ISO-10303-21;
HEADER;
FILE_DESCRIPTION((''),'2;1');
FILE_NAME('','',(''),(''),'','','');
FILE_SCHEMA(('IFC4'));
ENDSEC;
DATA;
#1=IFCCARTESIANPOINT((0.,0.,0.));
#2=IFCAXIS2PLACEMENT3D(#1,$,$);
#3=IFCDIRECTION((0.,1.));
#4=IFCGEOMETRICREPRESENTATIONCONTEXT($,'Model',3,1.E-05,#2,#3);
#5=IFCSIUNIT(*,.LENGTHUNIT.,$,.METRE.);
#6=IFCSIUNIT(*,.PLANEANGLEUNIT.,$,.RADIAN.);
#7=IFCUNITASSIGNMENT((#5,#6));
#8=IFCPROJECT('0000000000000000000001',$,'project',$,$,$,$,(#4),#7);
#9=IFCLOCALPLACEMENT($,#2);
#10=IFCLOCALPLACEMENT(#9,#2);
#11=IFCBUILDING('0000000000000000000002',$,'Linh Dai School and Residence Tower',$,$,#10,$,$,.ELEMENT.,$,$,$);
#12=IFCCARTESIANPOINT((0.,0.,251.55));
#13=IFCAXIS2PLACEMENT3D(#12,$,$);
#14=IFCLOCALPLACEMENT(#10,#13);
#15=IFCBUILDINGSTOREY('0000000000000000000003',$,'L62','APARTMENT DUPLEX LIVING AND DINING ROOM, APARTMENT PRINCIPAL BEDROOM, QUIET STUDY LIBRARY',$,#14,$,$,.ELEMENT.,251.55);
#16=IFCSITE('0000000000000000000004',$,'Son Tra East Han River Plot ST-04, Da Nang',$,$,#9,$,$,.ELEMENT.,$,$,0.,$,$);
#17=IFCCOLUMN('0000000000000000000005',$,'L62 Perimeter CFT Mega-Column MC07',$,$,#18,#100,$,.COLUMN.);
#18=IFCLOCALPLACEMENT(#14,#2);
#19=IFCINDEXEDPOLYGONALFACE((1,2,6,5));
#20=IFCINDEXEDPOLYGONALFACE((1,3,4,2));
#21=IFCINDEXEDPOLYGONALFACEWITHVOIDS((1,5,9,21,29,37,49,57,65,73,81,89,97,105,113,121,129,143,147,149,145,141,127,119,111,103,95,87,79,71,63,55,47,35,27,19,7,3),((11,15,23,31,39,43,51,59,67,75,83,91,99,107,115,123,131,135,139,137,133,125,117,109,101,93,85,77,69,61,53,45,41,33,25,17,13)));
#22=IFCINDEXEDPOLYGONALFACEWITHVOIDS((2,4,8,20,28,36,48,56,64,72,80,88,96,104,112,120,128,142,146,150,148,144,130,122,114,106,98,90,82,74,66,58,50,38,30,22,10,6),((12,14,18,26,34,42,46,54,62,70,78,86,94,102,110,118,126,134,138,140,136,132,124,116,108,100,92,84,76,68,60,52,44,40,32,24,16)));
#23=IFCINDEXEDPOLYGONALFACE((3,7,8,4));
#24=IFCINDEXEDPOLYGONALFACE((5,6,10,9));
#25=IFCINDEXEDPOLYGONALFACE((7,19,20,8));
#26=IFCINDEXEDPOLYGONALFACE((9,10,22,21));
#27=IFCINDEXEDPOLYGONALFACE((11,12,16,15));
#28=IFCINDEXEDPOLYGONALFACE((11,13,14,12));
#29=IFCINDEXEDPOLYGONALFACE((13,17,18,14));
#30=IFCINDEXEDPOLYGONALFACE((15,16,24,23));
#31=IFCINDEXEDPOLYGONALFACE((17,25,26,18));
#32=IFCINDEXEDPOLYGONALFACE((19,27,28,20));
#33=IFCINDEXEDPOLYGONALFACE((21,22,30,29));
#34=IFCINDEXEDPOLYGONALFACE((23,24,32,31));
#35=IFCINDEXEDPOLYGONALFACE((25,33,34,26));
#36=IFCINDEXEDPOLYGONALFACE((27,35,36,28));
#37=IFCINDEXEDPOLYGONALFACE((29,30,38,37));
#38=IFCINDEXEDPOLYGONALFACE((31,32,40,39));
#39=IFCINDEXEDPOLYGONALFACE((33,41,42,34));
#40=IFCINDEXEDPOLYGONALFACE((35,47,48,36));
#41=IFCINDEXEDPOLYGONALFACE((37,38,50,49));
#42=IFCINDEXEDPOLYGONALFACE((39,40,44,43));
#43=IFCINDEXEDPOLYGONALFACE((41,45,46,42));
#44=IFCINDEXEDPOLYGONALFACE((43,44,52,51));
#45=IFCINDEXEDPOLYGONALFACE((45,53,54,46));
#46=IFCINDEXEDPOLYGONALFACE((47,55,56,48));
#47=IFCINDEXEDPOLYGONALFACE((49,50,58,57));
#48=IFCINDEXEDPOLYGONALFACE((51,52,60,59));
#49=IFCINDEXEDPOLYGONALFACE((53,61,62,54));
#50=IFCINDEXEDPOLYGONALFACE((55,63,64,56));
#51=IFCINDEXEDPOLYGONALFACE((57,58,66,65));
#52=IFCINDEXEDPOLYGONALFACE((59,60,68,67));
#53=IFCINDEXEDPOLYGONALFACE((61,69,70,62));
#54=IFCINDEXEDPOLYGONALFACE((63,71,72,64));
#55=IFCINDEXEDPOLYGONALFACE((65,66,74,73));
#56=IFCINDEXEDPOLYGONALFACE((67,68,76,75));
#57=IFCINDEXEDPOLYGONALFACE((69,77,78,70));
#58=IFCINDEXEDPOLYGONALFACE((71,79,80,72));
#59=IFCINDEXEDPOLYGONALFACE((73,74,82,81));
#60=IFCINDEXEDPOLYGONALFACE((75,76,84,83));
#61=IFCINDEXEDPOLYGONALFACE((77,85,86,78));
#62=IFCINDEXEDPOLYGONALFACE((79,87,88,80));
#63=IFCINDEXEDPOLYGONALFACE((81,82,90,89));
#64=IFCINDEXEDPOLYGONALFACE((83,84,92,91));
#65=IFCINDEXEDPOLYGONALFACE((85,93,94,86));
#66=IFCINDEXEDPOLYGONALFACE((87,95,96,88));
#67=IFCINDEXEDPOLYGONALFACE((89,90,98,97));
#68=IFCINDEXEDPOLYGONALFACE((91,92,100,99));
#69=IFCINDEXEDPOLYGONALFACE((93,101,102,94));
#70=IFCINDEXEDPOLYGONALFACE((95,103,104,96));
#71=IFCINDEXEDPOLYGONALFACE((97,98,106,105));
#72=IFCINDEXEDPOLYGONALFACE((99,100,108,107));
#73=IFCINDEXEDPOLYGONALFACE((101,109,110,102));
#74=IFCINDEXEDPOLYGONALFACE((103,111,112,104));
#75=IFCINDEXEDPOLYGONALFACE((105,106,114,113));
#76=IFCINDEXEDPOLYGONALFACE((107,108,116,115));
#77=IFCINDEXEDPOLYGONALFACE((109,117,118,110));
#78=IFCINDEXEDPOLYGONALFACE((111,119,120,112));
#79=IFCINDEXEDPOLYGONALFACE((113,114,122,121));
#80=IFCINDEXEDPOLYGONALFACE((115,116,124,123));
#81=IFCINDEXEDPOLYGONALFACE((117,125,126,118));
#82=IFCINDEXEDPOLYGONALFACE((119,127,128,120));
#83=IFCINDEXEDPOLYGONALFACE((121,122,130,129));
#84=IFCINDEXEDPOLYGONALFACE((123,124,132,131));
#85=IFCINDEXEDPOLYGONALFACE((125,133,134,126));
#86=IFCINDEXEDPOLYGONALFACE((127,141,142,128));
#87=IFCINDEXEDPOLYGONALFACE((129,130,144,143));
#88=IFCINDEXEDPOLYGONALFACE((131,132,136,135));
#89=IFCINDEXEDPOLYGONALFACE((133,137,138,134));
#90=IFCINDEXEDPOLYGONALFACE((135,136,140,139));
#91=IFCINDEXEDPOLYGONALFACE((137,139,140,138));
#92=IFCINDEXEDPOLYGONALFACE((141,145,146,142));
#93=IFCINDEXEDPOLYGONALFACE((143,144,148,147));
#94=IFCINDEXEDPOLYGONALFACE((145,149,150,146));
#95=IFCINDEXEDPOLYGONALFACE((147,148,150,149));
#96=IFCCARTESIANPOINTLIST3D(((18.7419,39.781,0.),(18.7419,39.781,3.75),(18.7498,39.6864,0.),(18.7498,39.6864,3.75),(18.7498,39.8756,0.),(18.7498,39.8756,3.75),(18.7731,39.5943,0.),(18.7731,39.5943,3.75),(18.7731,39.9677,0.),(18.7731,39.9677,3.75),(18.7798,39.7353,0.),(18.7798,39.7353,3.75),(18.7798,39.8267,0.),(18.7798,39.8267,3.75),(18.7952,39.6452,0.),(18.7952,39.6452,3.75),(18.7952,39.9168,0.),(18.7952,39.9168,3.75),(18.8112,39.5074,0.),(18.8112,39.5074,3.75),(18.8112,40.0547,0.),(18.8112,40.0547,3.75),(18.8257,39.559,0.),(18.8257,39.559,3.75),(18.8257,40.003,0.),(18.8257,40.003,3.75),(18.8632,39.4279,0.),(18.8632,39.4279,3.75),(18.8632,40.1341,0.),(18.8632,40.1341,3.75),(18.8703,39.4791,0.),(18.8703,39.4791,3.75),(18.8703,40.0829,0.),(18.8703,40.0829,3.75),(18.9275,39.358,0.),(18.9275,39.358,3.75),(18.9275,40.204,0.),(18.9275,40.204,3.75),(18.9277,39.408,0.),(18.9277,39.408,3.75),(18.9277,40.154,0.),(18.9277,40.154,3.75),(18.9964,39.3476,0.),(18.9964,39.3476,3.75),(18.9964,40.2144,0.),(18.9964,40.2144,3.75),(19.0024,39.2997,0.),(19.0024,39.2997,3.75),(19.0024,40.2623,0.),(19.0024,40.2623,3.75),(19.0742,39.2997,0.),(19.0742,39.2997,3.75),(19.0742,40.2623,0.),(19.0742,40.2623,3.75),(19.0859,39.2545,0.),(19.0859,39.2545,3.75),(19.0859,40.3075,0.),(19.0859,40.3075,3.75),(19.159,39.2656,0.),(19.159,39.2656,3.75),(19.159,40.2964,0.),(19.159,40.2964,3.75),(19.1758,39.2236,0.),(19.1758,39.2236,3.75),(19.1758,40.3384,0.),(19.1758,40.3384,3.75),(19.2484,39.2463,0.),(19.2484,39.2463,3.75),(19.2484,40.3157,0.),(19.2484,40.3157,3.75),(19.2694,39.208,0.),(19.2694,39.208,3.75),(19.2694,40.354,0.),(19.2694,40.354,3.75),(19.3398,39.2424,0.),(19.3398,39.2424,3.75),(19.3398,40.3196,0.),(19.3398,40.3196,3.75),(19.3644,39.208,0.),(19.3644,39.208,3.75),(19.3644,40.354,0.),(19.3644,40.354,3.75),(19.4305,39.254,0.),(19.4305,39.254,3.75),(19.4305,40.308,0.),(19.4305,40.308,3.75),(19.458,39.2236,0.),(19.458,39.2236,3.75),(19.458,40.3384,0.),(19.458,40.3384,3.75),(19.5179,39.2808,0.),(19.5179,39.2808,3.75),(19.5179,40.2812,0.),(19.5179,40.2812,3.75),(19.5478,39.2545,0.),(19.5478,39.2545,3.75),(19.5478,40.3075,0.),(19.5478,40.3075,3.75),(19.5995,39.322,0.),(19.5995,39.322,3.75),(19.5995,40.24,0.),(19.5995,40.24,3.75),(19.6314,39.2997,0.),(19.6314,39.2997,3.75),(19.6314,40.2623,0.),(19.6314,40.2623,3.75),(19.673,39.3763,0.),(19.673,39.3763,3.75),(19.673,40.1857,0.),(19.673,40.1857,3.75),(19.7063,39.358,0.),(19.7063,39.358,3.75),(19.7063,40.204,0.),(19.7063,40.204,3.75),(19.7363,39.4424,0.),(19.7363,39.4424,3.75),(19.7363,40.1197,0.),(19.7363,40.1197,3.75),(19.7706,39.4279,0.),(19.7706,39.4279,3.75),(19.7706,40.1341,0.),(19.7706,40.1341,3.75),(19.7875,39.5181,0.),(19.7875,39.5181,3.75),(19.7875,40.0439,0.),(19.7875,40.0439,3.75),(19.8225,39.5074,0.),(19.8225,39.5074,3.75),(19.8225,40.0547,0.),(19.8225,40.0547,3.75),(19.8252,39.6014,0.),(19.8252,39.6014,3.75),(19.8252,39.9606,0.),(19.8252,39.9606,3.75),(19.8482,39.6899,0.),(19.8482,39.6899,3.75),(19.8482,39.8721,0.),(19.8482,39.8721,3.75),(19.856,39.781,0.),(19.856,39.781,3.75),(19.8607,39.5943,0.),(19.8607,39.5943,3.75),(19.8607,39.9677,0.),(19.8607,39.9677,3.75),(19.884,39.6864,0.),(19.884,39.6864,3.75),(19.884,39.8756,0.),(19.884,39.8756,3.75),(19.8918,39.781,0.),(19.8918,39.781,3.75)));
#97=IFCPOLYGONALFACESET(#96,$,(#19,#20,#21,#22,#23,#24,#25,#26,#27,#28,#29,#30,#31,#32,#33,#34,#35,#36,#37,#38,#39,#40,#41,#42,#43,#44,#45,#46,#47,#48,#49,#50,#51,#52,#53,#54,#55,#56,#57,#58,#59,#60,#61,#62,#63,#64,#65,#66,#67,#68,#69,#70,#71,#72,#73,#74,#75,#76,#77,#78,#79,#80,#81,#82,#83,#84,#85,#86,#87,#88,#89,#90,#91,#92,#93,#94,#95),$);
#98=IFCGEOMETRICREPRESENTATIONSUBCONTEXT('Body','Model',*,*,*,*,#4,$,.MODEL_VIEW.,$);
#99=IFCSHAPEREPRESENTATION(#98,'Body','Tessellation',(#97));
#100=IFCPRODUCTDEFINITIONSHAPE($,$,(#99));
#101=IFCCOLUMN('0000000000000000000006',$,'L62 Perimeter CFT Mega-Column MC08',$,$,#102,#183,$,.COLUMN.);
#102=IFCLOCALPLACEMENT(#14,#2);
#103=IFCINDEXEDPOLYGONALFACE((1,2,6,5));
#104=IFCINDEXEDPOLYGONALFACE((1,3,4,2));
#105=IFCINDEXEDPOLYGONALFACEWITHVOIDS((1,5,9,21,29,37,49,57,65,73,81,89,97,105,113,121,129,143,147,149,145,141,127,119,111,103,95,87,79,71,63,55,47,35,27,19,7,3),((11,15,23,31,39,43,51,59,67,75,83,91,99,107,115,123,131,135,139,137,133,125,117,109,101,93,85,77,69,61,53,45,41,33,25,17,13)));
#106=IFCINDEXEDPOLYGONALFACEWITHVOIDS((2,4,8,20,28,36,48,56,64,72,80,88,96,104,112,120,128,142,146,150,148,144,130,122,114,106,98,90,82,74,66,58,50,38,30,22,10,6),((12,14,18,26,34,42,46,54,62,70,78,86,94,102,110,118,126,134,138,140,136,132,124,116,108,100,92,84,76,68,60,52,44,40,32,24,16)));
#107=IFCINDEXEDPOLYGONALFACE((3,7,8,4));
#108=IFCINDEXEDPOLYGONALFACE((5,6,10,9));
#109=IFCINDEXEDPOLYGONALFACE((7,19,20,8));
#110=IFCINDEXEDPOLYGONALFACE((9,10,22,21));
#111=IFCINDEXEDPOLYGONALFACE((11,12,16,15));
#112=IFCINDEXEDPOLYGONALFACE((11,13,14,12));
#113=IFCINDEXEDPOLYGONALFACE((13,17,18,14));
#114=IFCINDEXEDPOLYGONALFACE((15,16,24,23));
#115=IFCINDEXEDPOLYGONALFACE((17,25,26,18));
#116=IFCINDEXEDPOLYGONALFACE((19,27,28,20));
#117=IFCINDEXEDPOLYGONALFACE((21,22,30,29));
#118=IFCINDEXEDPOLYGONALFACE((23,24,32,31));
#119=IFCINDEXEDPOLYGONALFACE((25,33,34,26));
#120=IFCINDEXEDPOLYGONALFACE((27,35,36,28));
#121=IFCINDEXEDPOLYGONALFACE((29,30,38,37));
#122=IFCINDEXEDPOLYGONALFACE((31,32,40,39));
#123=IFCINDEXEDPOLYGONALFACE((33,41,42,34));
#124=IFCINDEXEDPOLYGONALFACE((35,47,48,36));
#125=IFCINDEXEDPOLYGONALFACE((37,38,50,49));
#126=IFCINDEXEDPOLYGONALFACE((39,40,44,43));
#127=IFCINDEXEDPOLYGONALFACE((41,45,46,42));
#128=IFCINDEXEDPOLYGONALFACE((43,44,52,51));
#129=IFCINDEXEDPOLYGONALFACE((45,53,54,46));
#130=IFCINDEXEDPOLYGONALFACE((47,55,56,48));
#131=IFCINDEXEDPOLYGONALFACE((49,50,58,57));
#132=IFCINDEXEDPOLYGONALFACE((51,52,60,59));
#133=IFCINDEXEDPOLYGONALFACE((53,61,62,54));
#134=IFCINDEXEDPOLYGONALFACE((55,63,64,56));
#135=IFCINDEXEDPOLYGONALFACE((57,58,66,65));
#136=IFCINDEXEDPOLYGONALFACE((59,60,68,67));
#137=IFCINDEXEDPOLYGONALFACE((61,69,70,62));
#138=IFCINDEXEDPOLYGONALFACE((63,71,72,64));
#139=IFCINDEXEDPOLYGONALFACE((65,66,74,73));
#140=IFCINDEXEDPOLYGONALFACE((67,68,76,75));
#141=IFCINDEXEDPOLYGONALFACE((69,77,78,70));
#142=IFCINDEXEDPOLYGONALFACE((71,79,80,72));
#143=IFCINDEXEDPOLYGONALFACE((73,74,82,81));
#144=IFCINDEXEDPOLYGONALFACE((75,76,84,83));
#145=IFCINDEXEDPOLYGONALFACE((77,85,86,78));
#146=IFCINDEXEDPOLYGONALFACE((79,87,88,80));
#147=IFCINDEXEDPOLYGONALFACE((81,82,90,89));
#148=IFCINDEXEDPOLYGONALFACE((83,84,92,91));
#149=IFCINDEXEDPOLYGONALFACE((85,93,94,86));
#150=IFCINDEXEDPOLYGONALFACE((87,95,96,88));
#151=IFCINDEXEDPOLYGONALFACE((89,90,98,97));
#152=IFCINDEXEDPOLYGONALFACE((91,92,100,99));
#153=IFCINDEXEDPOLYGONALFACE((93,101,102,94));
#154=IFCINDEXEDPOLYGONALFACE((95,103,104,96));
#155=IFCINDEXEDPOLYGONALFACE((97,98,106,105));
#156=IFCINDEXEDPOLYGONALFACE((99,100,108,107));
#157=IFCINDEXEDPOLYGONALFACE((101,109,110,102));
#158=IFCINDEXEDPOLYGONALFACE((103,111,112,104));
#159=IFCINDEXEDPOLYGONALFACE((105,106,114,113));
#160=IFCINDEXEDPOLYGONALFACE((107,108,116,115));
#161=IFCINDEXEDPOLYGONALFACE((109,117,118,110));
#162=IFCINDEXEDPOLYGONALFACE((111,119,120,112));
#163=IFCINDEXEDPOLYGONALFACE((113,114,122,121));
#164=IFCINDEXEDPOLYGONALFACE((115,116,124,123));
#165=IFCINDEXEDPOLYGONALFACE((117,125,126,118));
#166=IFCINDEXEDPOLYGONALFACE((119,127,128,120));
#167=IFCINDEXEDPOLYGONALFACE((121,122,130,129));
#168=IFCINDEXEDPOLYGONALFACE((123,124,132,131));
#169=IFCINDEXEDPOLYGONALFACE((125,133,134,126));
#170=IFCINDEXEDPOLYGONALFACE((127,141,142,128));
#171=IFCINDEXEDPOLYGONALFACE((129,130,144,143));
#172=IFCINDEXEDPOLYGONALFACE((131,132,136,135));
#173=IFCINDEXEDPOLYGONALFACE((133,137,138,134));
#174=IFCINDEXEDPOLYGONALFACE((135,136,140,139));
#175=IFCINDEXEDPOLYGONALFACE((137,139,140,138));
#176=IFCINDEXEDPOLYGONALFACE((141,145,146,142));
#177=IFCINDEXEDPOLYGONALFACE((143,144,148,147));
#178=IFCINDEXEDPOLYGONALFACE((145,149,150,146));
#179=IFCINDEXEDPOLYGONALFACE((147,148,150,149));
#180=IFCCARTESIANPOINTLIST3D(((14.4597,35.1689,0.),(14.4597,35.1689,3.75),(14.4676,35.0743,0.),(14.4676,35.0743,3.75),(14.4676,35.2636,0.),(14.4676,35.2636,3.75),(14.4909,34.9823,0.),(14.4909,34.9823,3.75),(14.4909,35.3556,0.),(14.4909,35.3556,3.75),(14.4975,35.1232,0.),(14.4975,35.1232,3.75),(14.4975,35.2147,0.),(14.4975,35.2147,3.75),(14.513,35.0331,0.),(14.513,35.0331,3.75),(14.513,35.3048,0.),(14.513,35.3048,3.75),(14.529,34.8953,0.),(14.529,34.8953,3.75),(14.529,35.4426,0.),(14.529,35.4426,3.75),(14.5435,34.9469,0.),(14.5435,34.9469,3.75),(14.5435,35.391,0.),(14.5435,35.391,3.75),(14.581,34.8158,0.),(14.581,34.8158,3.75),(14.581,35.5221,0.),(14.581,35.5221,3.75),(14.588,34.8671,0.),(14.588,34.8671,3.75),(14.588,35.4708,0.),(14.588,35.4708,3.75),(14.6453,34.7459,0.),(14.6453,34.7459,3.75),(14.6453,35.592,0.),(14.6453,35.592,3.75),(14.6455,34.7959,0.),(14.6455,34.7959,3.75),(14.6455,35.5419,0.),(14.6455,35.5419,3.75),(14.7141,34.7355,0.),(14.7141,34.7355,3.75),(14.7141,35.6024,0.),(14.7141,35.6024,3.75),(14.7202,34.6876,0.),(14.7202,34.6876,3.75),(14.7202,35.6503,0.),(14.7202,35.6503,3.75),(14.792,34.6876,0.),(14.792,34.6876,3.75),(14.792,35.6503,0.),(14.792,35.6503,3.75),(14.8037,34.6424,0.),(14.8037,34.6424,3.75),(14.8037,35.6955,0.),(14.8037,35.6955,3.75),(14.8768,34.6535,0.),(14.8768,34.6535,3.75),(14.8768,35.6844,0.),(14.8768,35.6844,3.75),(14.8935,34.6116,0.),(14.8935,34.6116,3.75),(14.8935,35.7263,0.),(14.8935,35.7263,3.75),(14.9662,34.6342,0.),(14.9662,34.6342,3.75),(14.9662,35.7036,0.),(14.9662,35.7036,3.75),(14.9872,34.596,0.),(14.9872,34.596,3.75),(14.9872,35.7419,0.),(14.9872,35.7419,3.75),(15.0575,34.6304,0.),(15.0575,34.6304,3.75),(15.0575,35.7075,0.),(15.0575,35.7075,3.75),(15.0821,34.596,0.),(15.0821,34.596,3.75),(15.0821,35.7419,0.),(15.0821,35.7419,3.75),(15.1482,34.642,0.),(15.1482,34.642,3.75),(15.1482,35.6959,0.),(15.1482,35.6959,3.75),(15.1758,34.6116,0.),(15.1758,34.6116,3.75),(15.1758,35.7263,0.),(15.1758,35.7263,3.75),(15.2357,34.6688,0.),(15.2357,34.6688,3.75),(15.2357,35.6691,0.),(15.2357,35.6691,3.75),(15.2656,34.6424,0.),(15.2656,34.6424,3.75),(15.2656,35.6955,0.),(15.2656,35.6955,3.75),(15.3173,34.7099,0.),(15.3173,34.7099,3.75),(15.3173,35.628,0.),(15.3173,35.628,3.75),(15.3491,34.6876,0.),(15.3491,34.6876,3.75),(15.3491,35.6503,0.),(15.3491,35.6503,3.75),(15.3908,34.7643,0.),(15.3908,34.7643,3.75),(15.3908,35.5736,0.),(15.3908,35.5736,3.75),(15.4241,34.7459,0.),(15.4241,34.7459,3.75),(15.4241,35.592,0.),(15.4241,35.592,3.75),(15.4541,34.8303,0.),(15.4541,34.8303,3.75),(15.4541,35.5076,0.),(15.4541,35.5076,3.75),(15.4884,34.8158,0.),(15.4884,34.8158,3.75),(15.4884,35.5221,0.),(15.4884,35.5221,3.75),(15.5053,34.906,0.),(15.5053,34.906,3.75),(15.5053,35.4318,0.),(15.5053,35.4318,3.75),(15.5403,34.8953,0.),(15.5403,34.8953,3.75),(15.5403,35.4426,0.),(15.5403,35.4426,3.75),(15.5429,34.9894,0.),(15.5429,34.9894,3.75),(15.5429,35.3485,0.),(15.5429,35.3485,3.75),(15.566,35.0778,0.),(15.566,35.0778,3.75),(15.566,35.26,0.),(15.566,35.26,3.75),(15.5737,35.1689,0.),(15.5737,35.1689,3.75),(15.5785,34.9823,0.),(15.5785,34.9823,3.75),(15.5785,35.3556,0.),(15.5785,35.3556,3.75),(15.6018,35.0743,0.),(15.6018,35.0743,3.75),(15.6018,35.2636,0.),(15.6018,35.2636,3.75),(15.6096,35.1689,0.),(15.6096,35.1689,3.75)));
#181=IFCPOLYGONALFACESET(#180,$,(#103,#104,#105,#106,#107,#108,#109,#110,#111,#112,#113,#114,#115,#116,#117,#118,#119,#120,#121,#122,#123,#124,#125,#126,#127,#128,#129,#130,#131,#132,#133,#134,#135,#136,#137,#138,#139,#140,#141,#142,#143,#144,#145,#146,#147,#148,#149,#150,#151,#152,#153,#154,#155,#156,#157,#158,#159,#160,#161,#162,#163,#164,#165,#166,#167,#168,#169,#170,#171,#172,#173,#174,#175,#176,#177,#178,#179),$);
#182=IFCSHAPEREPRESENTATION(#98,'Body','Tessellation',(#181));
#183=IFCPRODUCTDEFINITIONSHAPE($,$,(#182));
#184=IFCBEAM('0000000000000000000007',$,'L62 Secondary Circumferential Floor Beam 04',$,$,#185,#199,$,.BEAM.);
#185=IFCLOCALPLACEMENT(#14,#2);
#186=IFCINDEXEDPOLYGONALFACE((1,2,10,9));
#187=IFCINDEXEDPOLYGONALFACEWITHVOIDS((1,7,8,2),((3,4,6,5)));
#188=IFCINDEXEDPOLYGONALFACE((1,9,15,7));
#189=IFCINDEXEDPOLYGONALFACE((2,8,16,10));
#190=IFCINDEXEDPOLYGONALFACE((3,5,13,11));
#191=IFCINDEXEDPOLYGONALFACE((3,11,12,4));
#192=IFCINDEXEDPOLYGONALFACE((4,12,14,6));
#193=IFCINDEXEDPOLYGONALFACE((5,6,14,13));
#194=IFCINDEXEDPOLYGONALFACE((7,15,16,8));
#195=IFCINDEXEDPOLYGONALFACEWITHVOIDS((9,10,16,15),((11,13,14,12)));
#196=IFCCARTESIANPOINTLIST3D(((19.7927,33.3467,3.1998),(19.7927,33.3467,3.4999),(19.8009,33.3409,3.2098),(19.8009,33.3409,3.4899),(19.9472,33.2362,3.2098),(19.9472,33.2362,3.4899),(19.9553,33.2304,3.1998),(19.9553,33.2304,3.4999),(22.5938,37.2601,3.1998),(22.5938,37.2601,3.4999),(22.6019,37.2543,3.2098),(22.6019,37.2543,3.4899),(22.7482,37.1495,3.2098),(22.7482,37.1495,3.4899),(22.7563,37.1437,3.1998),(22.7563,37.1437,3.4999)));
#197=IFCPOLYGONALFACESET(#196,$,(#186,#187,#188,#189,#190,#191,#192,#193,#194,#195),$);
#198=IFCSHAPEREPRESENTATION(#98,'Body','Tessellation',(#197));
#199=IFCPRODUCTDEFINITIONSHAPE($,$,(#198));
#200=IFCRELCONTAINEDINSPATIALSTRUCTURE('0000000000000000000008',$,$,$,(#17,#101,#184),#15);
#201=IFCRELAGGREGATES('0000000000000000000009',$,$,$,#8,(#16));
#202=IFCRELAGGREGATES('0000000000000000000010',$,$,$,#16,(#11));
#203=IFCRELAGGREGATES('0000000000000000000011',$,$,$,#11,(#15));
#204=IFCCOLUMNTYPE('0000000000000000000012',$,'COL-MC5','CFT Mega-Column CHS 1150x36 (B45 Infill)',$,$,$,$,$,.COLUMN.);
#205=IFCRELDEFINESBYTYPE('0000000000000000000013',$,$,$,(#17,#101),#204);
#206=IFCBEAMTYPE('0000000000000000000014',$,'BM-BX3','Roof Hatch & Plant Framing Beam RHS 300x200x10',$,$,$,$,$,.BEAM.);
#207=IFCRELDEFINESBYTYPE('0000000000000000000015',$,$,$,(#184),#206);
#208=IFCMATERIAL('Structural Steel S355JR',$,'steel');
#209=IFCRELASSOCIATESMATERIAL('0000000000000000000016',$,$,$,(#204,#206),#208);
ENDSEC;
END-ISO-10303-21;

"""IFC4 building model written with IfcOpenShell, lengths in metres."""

from ifc_helpers import new_model, si_unit, direction, frame, origin, origin_2d, place, context, subcontext, project, spatial, hollow_rectangle, hollow_circle, extrude, material, material_profile, profile_set, type_object, element, save


model = new_model("IFC4")

# Units and contexts
model_context = context("Model", 3, precision=1e-05, world=origin(), true_north=direction((0.0, 1.0)))
body_context = subcontext(model_context, "Body", "Model", "MODEL_VIEW")
ifc_project = project(units=[si_unit("LENGTHUNIT", "METRE"), si_unit("PLANEANGLEUNIT", "RADIAN")], contexts=[model_context])

# Site, building, storey
site_placement = place(None, origin())
site = spatial("IfcSite", under=ifc_project, at=site_placement, Name="Son Tra East Han River Plot ST-04, Da Nang", CompositionType="ELEMENT", RefElevation=0.0)
building_placement = place(site_placement, origin())
building = spatial("IfcBuilding", under=site, at=building_placement, Name="Linh Dai School and Residence Tower", CompositionType="ELEMENT")
storey_placement = place(building_placement, frame((0.0, 0.0, 251.55)))
storey = spatial("IfcBuildingStorey", under=building, at=storey_placement, Name="L62", Description="APARTMENT DUPLEX LIVING AND DINING ROOM, APARTMENT PRINCIPAL BEDROOM, QUIET STUDY LIBRARY", CompositionType="ELEMENT", Elevation=251.55)

# Columns
ifc_material_1 = material(Name="Structural Steel S355JR", Category="steel")
ifc_material_profile_1 = material_profile(ifc_material_1, hollow_circle(Radius=0.575, WallThickness=0.0359, at=origin_2d()), Name="CHS 1150x36")
ifc_profile_set_1 = profile_set([ifc_material_profile_1], Name="Structural Steel S355JR")
column_type = type_object("IfcColumnType", Name="COL-MC5", Description="CFT Mega-Column CHS 1150x36 (B45 Infill)", PredefinedType="COLUMN", material=ifc_profile_set_1)
for number, where, z_axis, x_axis, name in (
    (1, (19.3169, 39.781, 0.0), (0.0, 0.0, 1.0), (1.0, 0.0, 0.0), "L62 Perimeter CFT Mega-Column MC07"),
    (2, (15.0347, 35.1689, 0.0), (0.0, 0.0, 1.0), (1.0, 0.0, 0.0), "L62 Perimeter CFT Mega-Column MC08"),
):
    element("IfcColumn", number, at=place(storey_placement, frame(where, z_axis=z_axis, x_axis=x_axis)), inside=storey, type_object=column_type, Name=name, PredefinedType="COLUMN", context=body_context, shape_type="SweptSolid", body=[
        extrude(hollow_circle(Radius=0.575, WallThickness=0.0359, at=origin_2d()), origin(), (0.0, 0.0, 1.0), 3.75),
    ])

# Beam
ifc_material_profile_2 = material_profile(ifc_material_1, hollow_rectangle(XDim=0.2, YDim=0.3, WallThickness=0.01, at=origin_2d()), Name="RHS 300x200x10")
ifc_profile_set_2 = profile_set([ifc_material_profile_2], Name="Structural Steel S355JR")
beam_type_1 = type_object("IfcBeamType", Name="BM-BX3", Description="Roof Hatch & Plant Framing Beam RHS 300x200x10", PredefinedType="BEAM", material=ifc_profile_set_2)
beam_1_placement = place(storey_placement, frame((22.675, 37.2019, 3.3499), z_axis=(-0.582035, -0.813164, 0.0), x_axis=(0.813164, -0.582035, 0.0)))
element("IfcBeam", 3, at=beam_1_placement, inside=storey, type_object=beam_type_1, Name="L62 Secondary Circumferential Floor Beam 04", PredefinedType="BEAM", context=body_context, shape_type="SweptSolid", body=[
    extrude(hollow_rectangle(XDim=0.2, YDim=0.3, WallThickness=0.01, at=origin_2d()), origin(), (0.0, 0.0, 1.0), 4.8125),
])

save(model, "model.ifc")
